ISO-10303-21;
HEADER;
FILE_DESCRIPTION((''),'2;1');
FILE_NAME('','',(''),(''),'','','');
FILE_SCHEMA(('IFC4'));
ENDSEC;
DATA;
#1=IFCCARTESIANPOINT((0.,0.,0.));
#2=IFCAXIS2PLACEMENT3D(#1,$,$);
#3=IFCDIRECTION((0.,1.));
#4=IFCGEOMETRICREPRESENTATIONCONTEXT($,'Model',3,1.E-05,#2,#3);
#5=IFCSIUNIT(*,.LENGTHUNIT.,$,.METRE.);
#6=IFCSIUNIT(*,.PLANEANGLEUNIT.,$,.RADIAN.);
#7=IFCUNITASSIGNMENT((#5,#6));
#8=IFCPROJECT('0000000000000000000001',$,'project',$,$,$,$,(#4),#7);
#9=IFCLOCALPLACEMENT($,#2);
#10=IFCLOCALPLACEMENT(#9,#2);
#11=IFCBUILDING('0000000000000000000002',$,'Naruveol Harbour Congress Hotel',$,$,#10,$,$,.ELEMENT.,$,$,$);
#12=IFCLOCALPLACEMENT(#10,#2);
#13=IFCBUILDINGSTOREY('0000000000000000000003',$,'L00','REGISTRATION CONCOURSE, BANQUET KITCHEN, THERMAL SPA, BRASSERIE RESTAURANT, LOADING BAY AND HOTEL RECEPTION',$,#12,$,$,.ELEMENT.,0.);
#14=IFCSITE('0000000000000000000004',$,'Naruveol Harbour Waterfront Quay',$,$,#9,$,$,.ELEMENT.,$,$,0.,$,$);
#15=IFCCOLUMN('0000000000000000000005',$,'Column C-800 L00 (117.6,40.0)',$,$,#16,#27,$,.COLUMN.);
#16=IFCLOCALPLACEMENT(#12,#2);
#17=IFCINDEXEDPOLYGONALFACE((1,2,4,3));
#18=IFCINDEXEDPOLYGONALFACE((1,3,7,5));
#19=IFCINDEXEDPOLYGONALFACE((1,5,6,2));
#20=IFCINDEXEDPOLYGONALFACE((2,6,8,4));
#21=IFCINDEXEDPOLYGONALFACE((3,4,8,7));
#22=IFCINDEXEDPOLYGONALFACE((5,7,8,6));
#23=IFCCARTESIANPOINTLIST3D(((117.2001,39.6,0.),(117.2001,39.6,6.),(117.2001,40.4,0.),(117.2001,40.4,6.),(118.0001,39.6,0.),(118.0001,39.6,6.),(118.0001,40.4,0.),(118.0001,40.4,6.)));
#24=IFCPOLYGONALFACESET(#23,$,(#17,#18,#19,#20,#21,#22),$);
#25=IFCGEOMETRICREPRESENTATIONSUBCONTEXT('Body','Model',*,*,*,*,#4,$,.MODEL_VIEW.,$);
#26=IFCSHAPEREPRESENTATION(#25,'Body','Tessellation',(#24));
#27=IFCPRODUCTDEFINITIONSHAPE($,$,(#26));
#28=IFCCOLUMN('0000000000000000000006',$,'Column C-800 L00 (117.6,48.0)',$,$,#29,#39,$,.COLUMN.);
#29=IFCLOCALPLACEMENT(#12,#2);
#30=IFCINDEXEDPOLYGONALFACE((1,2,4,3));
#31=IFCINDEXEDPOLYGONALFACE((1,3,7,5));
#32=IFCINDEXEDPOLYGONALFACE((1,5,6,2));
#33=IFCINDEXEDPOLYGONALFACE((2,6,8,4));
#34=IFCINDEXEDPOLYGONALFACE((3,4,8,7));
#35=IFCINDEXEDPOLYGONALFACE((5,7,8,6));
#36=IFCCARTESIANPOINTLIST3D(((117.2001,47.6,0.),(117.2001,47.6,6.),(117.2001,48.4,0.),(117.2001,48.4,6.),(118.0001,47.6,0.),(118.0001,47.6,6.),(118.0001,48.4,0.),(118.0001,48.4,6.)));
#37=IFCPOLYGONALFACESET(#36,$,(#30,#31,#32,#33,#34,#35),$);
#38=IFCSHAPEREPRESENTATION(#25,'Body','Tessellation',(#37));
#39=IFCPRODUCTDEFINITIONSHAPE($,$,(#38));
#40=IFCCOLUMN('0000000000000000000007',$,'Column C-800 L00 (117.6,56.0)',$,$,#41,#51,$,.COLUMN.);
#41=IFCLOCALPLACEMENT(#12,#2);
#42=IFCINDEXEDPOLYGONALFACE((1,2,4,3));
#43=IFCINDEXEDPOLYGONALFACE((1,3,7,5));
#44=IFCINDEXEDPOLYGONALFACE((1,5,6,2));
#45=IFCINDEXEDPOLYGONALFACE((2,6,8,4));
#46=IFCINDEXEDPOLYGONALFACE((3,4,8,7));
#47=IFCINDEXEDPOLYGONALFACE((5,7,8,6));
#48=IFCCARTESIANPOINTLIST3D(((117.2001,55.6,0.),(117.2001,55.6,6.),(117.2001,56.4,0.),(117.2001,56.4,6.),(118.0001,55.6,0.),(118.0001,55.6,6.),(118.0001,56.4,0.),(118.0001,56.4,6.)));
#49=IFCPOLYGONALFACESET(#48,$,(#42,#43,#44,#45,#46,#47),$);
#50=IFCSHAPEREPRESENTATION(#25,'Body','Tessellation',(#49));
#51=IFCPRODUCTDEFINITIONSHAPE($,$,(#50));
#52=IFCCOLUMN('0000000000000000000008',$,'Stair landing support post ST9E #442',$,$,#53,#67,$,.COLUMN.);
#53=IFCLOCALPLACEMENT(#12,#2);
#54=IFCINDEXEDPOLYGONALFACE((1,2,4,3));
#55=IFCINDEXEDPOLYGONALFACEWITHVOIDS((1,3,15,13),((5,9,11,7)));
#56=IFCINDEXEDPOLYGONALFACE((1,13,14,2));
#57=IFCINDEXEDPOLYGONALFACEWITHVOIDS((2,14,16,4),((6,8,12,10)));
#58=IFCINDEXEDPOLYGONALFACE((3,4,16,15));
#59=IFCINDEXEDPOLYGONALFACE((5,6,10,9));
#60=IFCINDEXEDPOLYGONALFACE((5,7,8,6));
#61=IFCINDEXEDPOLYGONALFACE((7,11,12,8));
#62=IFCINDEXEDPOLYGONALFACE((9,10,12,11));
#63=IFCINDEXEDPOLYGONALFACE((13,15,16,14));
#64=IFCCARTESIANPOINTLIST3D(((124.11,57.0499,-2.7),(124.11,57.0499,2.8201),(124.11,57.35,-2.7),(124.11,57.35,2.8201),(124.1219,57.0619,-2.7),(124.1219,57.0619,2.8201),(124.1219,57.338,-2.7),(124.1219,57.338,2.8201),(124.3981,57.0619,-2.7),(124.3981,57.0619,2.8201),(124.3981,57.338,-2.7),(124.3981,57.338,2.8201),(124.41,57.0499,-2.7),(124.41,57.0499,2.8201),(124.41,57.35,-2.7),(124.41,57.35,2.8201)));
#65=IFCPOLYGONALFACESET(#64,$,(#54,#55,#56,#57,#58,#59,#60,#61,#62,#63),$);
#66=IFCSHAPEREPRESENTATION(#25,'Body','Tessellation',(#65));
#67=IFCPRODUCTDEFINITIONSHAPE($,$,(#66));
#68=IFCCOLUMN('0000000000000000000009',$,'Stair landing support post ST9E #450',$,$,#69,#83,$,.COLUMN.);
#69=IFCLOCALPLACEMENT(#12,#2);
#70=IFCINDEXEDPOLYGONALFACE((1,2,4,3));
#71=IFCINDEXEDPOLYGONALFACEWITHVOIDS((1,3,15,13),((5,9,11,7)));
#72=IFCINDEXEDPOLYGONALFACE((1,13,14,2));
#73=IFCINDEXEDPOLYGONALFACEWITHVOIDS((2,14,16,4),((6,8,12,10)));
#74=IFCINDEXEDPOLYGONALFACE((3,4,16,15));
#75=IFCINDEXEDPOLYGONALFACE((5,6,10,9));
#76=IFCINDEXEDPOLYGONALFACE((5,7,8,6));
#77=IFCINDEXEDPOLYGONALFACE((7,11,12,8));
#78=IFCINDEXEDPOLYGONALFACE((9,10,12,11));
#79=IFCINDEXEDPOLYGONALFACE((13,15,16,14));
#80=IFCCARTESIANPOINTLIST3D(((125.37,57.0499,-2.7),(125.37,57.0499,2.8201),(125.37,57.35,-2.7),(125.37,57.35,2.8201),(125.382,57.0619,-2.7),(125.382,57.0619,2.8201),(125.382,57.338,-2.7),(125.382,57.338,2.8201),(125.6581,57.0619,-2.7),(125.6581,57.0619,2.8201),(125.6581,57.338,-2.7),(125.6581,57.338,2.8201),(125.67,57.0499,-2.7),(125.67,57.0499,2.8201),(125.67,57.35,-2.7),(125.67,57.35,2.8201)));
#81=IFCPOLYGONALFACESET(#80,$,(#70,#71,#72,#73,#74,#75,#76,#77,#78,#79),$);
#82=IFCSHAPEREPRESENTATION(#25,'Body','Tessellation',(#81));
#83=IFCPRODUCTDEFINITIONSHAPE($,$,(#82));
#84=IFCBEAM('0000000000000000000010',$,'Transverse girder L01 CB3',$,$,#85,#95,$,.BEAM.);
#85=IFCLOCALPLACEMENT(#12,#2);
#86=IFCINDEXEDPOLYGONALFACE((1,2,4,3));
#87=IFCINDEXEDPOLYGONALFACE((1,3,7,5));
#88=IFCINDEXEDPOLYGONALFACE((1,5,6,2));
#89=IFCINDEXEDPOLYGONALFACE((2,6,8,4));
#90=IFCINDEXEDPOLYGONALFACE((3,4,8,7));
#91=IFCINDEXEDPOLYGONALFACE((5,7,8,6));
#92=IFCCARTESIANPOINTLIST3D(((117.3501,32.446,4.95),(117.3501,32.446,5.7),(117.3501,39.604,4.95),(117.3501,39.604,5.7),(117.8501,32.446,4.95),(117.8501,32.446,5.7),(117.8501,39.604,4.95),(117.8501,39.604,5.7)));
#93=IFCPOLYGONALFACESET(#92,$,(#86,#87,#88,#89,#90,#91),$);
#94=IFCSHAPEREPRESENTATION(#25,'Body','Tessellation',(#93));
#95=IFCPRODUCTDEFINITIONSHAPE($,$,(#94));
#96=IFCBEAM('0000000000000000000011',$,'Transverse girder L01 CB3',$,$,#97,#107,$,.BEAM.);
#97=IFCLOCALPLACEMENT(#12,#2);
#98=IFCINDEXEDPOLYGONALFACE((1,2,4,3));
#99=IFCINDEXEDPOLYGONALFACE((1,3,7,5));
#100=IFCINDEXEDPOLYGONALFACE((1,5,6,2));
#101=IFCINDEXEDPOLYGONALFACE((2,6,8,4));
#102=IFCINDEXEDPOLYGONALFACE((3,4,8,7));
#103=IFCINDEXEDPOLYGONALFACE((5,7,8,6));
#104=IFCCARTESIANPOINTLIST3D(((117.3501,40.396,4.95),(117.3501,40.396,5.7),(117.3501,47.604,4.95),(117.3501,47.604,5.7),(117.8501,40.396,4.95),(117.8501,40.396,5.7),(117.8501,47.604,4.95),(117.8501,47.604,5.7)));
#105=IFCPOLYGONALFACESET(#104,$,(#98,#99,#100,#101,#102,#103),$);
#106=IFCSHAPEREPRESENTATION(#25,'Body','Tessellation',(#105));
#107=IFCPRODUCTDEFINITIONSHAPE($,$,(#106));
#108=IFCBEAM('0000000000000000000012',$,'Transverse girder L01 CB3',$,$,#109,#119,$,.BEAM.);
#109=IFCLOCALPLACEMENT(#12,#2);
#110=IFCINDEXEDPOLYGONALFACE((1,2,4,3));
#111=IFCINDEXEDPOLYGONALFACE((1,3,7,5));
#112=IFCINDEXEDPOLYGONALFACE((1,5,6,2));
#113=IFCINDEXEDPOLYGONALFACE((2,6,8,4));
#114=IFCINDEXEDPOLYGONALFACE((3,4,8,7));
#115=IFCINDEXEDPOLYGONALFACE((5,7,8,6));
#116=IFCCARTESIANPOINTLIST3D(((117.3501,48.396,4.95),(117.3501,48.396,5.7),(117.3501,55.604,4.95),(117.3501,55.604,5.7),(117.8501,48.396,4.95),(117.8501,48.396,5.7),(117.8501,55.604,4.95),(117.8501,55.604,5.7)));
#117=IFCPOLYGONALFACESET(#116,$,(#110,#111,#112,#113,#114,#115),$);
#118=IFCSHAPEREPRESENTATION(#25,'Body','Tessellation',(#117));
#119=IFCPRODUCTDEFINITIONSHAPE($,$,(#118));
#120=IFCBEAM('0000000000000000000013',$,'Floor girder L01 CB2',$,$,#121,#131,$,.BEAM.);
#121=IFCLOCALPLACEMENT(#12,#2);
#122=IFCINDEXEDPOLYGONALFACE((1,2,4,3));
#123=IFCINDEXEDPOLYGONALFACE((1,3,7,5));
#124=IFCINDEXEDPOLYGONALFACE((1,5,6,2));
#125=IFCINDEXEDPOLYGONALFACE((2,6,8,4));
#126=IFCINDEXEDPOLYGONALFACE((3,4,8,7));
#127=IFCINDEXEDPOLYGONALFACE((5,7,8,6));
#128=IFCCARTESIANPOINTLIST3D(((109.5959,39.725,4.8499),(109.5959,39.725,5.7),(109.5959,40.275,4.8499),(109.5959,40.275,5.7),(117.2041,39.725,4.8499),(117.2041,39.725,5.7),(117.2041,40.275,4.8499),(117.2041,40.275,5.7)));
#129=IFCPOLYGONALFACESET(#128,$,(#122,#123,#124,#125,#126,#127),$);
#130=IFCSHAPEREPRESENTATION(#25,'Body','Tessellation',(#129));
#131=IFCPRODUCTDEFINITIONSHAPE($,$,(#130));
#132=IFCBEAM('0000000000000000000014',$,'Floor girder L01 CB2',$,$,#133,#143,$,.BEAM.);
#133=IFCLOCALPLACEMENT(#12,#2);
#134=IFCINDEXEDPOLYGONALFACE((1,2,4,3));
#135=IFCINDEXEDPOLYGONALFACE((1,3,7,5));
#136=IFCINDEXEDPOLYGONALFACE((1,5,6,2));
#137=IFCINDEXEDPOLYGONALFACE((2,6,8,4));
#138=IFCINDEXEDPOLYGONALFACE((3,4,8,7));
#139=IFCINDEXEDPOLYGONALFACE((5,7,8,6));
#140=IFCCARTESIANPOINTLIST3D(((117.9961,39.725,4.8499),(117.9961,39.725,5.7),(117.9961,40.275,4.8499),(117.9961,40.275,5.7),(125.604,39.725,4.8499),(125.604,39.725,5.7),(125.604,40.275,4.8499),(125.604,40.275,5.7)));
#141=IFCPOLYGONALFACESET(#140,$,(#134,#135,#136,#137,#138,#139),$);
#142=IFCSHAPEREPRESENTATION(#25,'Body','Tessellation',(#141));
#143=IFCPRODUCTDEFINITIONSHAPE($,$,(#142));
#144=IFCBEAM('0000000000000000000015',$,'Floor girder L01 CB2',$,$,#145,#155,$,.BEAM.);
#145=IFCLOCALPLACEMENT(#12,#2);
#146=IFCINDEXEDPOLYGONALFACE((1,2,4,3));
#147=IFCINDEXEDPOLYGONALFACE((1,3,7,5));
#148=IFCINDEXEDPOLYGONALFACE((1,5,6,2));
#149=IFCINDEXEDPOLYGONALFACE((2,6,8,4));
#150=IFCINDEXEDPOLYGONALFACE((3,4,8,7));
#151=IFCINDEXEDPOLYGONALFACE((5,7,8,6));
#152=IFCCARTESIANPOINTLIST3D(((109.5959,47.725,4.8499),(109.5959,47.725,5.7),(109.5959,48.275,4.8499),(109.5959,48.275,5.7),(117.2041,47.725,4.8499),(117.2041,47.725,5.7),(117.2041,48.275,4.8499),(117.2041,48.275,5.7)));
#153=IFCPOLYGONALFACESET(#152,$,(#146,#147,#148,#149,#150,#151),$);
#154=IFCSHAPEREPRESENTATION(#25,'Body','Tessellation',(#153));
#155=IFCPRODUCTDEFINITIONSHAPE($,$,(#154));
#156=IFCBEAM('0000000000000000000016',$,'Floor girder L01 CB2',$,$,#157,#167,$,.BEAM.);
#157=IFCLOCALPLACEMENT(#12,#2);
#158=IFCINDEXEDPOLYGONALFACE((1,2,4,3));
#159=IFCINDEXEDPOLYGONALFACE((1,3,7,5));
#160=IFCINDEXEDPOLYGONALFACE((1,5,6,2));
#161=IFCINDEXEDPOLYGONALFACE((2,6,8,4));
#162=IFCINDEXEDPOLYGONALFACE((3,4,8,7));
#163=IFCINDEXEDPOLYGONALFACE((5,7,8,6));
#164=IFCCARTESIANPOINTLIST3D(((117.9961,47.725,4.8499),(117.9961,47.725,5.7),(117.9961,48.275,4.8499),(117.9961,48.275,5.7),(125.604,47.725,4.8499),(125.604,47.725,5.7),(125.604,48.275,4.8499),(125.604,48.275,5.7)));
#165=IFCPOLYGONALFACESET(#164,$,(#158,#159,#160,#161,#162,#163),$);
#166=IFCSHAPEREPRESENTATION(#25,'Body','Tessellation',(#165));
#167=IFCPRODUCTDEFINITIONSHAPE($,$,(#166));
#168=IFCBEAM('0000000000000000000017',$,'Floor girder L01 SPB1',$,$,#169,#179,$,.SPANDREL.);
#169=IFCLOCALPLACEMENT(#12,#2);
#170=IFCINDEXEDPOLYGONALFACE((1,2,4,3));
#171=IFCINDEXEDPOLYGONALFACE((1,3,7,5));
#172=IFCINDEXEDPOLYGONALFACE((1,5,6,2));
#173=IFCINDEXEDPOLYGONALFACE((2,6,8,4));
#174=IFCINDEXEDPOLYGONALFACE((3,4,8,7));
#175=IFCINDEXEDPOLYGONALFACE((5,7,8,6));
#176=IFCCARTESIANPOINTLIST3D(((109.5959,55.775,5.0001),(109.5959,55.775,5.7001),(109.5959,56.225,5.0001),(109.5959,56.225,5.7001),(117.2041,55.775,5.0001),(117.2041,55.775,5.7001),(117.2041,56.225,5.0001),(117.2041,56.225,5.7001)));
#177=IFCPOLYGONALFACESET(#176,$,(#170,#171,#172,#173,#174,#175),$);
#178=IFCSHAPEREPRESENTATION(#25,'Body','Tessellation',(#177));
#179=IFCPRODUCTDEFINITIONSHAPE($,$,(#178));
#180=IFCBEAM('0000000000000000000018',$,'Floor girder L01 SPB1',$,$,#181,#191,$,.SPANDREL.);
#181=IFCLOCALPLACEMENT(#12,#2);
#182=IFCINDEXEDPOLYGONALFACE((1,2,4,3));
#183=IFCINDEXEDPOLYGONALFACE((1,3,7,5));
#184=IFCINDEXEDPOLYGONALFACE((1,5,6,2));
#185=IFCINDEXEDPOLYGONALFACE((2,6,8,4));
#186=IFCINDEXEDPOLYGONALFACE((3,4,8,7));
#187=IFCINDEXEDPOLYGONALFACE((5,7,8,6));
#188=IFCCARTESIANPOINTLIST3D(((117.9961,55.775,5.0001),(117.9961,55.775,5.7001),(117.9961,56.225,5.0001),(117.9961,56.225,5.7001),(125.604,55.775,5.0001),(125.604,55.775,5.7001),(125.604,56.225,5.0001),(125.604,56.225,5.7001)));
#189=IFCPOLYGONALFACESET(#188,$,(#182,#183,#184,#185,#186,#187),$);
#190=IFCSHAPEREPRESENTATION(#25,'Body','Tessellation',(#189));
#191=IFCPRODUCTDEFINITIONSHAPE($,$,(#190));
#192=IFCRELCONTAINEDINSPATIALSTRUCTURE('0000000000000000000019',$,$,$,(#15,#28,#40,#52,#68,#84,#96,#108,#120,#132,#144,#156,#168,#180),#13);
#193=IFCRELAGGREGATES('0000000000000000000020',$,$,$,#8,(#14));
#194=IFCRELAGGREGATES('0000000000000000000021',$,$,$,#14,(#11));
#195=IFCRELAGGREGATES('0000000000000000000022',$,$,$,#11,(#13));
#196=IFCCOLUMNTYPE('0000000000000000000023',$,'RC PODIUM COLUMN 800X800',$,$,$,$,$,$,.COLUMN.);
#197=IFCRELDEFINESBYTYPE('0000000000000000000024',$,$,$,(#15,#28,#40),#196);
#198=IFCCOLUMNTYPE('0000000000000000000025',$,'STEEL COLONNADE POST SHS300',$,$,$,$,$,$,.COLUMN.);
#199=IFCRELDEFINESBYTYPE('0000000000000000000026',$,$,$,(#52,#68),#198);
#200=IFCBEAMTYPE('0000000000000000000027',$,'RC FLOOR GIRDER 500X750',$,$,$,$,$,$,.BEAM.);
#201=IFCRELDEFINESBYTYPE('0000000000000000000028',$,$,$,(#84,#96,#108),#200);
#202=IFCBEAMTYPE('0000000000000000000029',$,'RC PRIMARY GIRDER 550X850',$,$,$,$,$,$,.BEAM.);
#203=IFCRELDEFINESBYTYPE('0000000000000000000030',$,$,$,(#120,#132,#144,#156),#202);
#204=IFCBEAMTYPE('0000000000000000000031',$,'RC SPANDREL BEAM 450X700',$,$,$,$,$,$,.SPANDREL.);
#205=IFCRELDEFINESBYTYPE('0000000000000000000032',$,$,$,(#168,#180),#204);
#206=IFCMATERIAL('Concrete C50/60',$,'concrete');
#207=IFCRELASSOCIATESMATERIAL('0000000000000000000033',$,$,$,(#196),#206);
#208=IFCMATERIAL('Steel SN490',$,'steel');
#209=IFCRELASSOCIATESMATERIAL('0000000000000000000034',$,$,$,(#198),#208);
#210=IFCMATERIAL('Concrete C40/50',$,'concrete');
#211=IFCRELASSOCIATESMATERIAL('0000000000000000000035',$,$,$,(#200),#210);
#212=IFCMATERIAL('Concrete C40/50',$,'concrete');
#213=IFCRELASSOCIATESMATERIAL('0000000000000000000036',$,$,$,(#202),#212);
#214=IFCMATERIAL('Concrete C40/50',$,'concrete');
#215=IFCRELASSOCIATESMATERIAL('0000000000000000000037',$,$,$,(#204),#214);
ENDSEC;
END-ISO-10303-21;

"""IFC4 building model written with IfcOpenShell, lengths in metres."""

from ifc_helpers import new_model, si_unit, direction, frame, origin, origin_2d, place, context, subcontext, project, spatial, rectangle, hollow_rectangle, extrude, material, material_profile, profile_set, type_object, element, save


model = new_model("IFC4")

# Units and contexts
model_context = context("Model", 3, precision=1e-05, world=origin(), true_north=direction((0.0, 1.0)))
body_context = subcontext(model_context, "Body", "Model", "MODEL_VIEW")
ifc_project = project(units=[si_unit("LENGTHUNIT", "METRE"), si_unit("PLANEANGLEUNIT", "RADIAN")], contexts=[model_context])

# Site, building, storey
site_placement = place(None, origin())
site = spatial("IfcSite", under=ifc_project, at=site_placement, Name="Naruveol Harbour Waterfront Quay", CompositionType="ELEMENT", RefElevation=0.0)
building_placement = place(site_placement, origin())
building = spatial("IfcBuilding", under=site, at=building_placement, Name="Naruveol Harbour Congress Hotel", CompositionType="ELEMENT")
storey_placement = place(building_placement, origin())
storey = spatial("IfcBuildingStorey", under=building, at=storey_placement, Name="L00", Description="REGISTRATION CONCOURSE, BANQUET KITCHEN, THERMAL SPA, BRASSERIE RESTAURANT, LOADING BAY AND HOTEL RECEPTION", CompositionType="ELEMENT", Elevation=0.0)

# Columns
ifc_material_1 = material(Name="Concrete C50/60", Category="concrete")
ifc_material_profile_1 = material_profile(ifc_material_1, rectangle(XDim=0.8, YDim=0.8, at=origin_2d()), Name="RC-800x800")
ifc_profile_set_1 = profile_set([ifc_material_profile_1], Name="Concrete C50/60")
column_type_1 = type_object("IfcColumnType", Name="RC PODIUM COLUMN 800X800", PredefinedType="COLUMN", material=ifc_profile_set_1)
for number, where, z_axis, x_axis, name in (
    (1, (117.6001, 40.0, 0.0), (0.0, 0.0, 1.0), (1.0, 0.0, 0.0), "Column C-800 L00 (117.6,40.0)"),
    (2, (117.6001, 48.0, 0.0), (0.0, 0.0, 1.0), (1.0, 0.0, 0.0), "Column C-800 L00 (117.6,48.0)"),
    (3, (117.6001, 56.0, 0.0), (0.0, 0.0, 1.0), (1.0, 0.0, 0.0), "Column C-800 L00 (117.6,56.0)"),
):
    element("IfcColumn", number, at=place(storey_placement, frame(where, z_axis=z_axis, x_axis=x_axis)), inside=storey, type_object=column_type_1, Name=name, PredefinedType="COLUMN", context=body_context, shape_type="SweptSolid", body=[
        extrude(rectangle(XDim=0.8, YDim=0.8, at=origin_2d()), origin(), (0.0, 0.0, 1.0), 6.0),
    ])
ifc_material_2 = material(Name="Steel SN490", Category="steel")
ifc_material_profile_2 = material_profile(ifc_material_2, hollow_rectangle(XDim=0.3, YDim=0.3, WallThickness=0.012, at=origin_2d()), Name="SHS-300x300x12")
ifc_profile_set_2 = profile_set([ifc_material_profile_2], Name="Steel SN490")
column_type_2 = type_object("IfcColumnType", Name="STEEL COLONNADE POST SHS300", PredefinedType="COLUMN", material=ifc_profile_set_2)
for number, where, z_axis, x_axis, name in (
    (4, (124.26, 57.2, -2.7), (0.0, 0.0, 1.0), (1.0, 0.0, 0.0), "Stair landing support post ST9E #442"),
    (5, (125.52, 57.2, -2.7), (0.0, 0.0, 1.0), (1.0, 0.0, 0.0), "Stair landing support post ST9E #450"),
):
    element("IfcColumn", number, at=place(storey_placement, frame(where, z_axis=z_axis, x_axis=x_axis)), inside=storey, type_object=column_type_2, Name=name, PredefinedType="COLUMN", context=body_context, shape_type="SweptSolid", body=[
        extrude(hollow_rectangle(XDim=0.3, YDim=0.3, WallThickness=0.012, at=origin_2d()), origin(), (0.0, 0.0, 1.0), 5.52),
    ])

# Beams
ifc_material_3 = material(Name="Concrete C40/50", Category="concrete")
ifc_material_profile_3 = material_profile(ifc_material_3, rectangle(XDim=0.5, YDim=0.75, at=origin_2d()), Name="RCB-500x750")
ifc_profile_set_3 = profile_set([ifc_material_profile_3], Name="Concrete C40/50")
beam_type_1 = type_object("IfcBeamType", Name="RC FLOOR GIRDER 500X750", PredefinedType="BEAM", material=ifc_profile_set_3)
beam_1_placement = place(storey_placement, frame((117.6001, 32.446, 5.325), z_axis=(0.0, 1.0, 0.0), x_axis=(-1.0, 0.0, 0.0)))
element("IfcBeam", 6, at=beam_1_placement, inside=storey, type_object=beam_type_1, Name="Transverse girder L01 CB3", PredefinedType="BEAM", context=body_context, shape_type="SweptSolid", body=[
    extrude(rectangle(XDim=0.5, YDim=0.75, at=origin_2d()), origin(), (0.0, 0.0, 1.0), 7.158),
])
for number, where, z_axis, x_axis, name in (
    (7, (117.6001, 40.396, 5.325), (0.0, 1.0, 0.0), (-1.0, 0.0, 0.0), "Transverse girder L01 CB3"),
    (8, (117.6001, 48.396, 5.325), (0.0, 1.0, 0.0), (-1.0, 0.0, 0.0), "Transverse girder L01 CB3"),
):
    element("IfcBeam", number, at=place(storey_placement, frame(where, z_axis=z_axis, x_axis=x_axis)), inside=storey, type_object=beam_type_1, Name=name, PredefinedType="BEAM", context=body_context, shape_type="SweptSolid", body=[
        extrude(rectangle(XDim=0.5, YDim=0.75, at=origin_2d()), origin(), (0.0, 0.0, 1.0), 7.208),
    ])
ifc_material_4 = material(Name="Concrete C40/50", Category="concrete")
ifc_material_profile_4 = material_profile(ifc_material_4, rectangle(XDim=0.55, YDim=0.8501, at=origin_2d()), Name="RCB-550x850")
ifc_profile_set_4 = profile_set([ifc_material_profile_4], Name="Concrete C40/50")
beam_type_2 = type_object("IfcBeamType", Name="RC PRIMARY GIRDER 550X850", PredefinedType="BEAM", material=ifc_profile_set_4)
beam_2_placement = place(storey_placement, frame((109.5959, 40.0, 5.2749), z_axis=(1.0, 0.0, 0.0), x_axis=(0.0, 1.0, 0.0)))
element("IfcBeam", 9, at=beam_2_placement, inside=storey, type_object=beam_type_2, Name="Floor girder L01 CB2", PredefinedType="BEAM", context=body_context, shape_type="SweptSolid", body=[
    extrude(rectangle(XDim=0.55, YDim=0.8501, at=origin_2d()), origin(), (0.0, 0.0, 1.0), 7.6082),
])
beam_3_placement = place(storey_placement, frame((117.9961, 40.0, 5.2749), z_axis=(1.0, 0.0, 0.0), x_axis=(0.0, 1.0, 0.0)))
element("IfcBeam", 10, at=beam_3_placement, inside=storey, type_object=beam_type_2, Name="Floor girder L01 CB2", PredefinedType="BEAM", context=body_context, shape_type="SweptSolid", body=[
    extrude(rectangle(XDim=0.55, YDim=0.8501, at=origin_2d()), origin(), (0.0, 0.0, 1.0), 7.6079),
])
beam_4_placement = place(storey_placement, frame((109.5959, 48.0, 5.2749), z_axis=(1.0, 0.0, 0.0), x_axis=(0.0, 1.0, 0.0)))
element("IfcBeam", 11, at=beam_4_placement, inside=storey, type_object=beam_type_2, Name="Floor girder L01 CB2", PredefinedType="BEAM", context=body_context, shape_type="SweptSolid", body=[
    extrude(rectangle(XDim=0.55, YDim=0.8501, at=origin_2d()), origin(), (0.0, 0.0, 1.0), 7.6082),
])
beam_5_placement = place(storey_placement, frame((117.9961, 48.0, 5.2749), z_axis=(1.0, 0.0, 0.0), x_axis=(0.0, 1.0, 0.0)))
element("IfcBeam", 12, at=beam_5_placement, inside=storey, type_object=beam_type_2, Name="Floor girder L01 CB2", PredefinedType="BEAM", context=body_context, shape_type="SweptSolid", body=[
    extrude(rectangle(XDim=0.55, YDim=0.8501, at=origin_2d()), origin(), (0.0, 0.0, 1.0), 7.6079),
])
ifc_material_5 = material(Name="Concrete C40/50", Category="concrete")
ifc_material_profile_5 = material_profile(ifc_material_5, rectangle(XDim=0.45, YDim=0.7, at=origin_2d()), Name="RCB-450x700")
ifc_profile_set_5 = profile_set([ifc_material_profile_5], Name="Concrete C40/50")
beam_type_3 = type_object("IfcBeamType", Name="RC SPANDREL BEAM 450X700", PredefinedType="SPANDREL", material=ifc_profile_set_5)
beam_6_placement = place(storey_placement, frame((109.5959, 56.0, 5.3501), z_axis=(1.0, 0.0, 0.0), x_axis=(0.0, 1.0, 0.0)))
element("IfcBeam", 13, at=beam_6_placement, inside=storey, type_object=beam_type_3, Name="Floor girder L01 SPB1", PredefinedType="SPANDREL", context=body_context, shape_type="SweptSolid", body=[
    extrude(rectangle(XDim=0.45, YDim=0.7, at=origin_2d()), origin(), (0.0, 0.0, 1.0), 7.6082),
])
beam_7_placement = place(storey_placement, frame((117.9961, 56.0, 5.3501), z_axis=(1.0, 0.0, 0.0), x_axis=(0.0, 1.0, 0.0)))
element("IfcBeam", 14, at=beam_7_placement, inside=storey, type_object=beam_type_3, Name="Floor girder L01 SPB1", PredefinedType="SPANDREL", context=body_context, shape_type="SweptSolid", body=[
    extrude(rectangle(XDim=0.45, YDim=0.7, at=origin_2d()), origin(), (0.0, 0.0, 1.0), 7.6079),
])

save(model, "model.ifc")
